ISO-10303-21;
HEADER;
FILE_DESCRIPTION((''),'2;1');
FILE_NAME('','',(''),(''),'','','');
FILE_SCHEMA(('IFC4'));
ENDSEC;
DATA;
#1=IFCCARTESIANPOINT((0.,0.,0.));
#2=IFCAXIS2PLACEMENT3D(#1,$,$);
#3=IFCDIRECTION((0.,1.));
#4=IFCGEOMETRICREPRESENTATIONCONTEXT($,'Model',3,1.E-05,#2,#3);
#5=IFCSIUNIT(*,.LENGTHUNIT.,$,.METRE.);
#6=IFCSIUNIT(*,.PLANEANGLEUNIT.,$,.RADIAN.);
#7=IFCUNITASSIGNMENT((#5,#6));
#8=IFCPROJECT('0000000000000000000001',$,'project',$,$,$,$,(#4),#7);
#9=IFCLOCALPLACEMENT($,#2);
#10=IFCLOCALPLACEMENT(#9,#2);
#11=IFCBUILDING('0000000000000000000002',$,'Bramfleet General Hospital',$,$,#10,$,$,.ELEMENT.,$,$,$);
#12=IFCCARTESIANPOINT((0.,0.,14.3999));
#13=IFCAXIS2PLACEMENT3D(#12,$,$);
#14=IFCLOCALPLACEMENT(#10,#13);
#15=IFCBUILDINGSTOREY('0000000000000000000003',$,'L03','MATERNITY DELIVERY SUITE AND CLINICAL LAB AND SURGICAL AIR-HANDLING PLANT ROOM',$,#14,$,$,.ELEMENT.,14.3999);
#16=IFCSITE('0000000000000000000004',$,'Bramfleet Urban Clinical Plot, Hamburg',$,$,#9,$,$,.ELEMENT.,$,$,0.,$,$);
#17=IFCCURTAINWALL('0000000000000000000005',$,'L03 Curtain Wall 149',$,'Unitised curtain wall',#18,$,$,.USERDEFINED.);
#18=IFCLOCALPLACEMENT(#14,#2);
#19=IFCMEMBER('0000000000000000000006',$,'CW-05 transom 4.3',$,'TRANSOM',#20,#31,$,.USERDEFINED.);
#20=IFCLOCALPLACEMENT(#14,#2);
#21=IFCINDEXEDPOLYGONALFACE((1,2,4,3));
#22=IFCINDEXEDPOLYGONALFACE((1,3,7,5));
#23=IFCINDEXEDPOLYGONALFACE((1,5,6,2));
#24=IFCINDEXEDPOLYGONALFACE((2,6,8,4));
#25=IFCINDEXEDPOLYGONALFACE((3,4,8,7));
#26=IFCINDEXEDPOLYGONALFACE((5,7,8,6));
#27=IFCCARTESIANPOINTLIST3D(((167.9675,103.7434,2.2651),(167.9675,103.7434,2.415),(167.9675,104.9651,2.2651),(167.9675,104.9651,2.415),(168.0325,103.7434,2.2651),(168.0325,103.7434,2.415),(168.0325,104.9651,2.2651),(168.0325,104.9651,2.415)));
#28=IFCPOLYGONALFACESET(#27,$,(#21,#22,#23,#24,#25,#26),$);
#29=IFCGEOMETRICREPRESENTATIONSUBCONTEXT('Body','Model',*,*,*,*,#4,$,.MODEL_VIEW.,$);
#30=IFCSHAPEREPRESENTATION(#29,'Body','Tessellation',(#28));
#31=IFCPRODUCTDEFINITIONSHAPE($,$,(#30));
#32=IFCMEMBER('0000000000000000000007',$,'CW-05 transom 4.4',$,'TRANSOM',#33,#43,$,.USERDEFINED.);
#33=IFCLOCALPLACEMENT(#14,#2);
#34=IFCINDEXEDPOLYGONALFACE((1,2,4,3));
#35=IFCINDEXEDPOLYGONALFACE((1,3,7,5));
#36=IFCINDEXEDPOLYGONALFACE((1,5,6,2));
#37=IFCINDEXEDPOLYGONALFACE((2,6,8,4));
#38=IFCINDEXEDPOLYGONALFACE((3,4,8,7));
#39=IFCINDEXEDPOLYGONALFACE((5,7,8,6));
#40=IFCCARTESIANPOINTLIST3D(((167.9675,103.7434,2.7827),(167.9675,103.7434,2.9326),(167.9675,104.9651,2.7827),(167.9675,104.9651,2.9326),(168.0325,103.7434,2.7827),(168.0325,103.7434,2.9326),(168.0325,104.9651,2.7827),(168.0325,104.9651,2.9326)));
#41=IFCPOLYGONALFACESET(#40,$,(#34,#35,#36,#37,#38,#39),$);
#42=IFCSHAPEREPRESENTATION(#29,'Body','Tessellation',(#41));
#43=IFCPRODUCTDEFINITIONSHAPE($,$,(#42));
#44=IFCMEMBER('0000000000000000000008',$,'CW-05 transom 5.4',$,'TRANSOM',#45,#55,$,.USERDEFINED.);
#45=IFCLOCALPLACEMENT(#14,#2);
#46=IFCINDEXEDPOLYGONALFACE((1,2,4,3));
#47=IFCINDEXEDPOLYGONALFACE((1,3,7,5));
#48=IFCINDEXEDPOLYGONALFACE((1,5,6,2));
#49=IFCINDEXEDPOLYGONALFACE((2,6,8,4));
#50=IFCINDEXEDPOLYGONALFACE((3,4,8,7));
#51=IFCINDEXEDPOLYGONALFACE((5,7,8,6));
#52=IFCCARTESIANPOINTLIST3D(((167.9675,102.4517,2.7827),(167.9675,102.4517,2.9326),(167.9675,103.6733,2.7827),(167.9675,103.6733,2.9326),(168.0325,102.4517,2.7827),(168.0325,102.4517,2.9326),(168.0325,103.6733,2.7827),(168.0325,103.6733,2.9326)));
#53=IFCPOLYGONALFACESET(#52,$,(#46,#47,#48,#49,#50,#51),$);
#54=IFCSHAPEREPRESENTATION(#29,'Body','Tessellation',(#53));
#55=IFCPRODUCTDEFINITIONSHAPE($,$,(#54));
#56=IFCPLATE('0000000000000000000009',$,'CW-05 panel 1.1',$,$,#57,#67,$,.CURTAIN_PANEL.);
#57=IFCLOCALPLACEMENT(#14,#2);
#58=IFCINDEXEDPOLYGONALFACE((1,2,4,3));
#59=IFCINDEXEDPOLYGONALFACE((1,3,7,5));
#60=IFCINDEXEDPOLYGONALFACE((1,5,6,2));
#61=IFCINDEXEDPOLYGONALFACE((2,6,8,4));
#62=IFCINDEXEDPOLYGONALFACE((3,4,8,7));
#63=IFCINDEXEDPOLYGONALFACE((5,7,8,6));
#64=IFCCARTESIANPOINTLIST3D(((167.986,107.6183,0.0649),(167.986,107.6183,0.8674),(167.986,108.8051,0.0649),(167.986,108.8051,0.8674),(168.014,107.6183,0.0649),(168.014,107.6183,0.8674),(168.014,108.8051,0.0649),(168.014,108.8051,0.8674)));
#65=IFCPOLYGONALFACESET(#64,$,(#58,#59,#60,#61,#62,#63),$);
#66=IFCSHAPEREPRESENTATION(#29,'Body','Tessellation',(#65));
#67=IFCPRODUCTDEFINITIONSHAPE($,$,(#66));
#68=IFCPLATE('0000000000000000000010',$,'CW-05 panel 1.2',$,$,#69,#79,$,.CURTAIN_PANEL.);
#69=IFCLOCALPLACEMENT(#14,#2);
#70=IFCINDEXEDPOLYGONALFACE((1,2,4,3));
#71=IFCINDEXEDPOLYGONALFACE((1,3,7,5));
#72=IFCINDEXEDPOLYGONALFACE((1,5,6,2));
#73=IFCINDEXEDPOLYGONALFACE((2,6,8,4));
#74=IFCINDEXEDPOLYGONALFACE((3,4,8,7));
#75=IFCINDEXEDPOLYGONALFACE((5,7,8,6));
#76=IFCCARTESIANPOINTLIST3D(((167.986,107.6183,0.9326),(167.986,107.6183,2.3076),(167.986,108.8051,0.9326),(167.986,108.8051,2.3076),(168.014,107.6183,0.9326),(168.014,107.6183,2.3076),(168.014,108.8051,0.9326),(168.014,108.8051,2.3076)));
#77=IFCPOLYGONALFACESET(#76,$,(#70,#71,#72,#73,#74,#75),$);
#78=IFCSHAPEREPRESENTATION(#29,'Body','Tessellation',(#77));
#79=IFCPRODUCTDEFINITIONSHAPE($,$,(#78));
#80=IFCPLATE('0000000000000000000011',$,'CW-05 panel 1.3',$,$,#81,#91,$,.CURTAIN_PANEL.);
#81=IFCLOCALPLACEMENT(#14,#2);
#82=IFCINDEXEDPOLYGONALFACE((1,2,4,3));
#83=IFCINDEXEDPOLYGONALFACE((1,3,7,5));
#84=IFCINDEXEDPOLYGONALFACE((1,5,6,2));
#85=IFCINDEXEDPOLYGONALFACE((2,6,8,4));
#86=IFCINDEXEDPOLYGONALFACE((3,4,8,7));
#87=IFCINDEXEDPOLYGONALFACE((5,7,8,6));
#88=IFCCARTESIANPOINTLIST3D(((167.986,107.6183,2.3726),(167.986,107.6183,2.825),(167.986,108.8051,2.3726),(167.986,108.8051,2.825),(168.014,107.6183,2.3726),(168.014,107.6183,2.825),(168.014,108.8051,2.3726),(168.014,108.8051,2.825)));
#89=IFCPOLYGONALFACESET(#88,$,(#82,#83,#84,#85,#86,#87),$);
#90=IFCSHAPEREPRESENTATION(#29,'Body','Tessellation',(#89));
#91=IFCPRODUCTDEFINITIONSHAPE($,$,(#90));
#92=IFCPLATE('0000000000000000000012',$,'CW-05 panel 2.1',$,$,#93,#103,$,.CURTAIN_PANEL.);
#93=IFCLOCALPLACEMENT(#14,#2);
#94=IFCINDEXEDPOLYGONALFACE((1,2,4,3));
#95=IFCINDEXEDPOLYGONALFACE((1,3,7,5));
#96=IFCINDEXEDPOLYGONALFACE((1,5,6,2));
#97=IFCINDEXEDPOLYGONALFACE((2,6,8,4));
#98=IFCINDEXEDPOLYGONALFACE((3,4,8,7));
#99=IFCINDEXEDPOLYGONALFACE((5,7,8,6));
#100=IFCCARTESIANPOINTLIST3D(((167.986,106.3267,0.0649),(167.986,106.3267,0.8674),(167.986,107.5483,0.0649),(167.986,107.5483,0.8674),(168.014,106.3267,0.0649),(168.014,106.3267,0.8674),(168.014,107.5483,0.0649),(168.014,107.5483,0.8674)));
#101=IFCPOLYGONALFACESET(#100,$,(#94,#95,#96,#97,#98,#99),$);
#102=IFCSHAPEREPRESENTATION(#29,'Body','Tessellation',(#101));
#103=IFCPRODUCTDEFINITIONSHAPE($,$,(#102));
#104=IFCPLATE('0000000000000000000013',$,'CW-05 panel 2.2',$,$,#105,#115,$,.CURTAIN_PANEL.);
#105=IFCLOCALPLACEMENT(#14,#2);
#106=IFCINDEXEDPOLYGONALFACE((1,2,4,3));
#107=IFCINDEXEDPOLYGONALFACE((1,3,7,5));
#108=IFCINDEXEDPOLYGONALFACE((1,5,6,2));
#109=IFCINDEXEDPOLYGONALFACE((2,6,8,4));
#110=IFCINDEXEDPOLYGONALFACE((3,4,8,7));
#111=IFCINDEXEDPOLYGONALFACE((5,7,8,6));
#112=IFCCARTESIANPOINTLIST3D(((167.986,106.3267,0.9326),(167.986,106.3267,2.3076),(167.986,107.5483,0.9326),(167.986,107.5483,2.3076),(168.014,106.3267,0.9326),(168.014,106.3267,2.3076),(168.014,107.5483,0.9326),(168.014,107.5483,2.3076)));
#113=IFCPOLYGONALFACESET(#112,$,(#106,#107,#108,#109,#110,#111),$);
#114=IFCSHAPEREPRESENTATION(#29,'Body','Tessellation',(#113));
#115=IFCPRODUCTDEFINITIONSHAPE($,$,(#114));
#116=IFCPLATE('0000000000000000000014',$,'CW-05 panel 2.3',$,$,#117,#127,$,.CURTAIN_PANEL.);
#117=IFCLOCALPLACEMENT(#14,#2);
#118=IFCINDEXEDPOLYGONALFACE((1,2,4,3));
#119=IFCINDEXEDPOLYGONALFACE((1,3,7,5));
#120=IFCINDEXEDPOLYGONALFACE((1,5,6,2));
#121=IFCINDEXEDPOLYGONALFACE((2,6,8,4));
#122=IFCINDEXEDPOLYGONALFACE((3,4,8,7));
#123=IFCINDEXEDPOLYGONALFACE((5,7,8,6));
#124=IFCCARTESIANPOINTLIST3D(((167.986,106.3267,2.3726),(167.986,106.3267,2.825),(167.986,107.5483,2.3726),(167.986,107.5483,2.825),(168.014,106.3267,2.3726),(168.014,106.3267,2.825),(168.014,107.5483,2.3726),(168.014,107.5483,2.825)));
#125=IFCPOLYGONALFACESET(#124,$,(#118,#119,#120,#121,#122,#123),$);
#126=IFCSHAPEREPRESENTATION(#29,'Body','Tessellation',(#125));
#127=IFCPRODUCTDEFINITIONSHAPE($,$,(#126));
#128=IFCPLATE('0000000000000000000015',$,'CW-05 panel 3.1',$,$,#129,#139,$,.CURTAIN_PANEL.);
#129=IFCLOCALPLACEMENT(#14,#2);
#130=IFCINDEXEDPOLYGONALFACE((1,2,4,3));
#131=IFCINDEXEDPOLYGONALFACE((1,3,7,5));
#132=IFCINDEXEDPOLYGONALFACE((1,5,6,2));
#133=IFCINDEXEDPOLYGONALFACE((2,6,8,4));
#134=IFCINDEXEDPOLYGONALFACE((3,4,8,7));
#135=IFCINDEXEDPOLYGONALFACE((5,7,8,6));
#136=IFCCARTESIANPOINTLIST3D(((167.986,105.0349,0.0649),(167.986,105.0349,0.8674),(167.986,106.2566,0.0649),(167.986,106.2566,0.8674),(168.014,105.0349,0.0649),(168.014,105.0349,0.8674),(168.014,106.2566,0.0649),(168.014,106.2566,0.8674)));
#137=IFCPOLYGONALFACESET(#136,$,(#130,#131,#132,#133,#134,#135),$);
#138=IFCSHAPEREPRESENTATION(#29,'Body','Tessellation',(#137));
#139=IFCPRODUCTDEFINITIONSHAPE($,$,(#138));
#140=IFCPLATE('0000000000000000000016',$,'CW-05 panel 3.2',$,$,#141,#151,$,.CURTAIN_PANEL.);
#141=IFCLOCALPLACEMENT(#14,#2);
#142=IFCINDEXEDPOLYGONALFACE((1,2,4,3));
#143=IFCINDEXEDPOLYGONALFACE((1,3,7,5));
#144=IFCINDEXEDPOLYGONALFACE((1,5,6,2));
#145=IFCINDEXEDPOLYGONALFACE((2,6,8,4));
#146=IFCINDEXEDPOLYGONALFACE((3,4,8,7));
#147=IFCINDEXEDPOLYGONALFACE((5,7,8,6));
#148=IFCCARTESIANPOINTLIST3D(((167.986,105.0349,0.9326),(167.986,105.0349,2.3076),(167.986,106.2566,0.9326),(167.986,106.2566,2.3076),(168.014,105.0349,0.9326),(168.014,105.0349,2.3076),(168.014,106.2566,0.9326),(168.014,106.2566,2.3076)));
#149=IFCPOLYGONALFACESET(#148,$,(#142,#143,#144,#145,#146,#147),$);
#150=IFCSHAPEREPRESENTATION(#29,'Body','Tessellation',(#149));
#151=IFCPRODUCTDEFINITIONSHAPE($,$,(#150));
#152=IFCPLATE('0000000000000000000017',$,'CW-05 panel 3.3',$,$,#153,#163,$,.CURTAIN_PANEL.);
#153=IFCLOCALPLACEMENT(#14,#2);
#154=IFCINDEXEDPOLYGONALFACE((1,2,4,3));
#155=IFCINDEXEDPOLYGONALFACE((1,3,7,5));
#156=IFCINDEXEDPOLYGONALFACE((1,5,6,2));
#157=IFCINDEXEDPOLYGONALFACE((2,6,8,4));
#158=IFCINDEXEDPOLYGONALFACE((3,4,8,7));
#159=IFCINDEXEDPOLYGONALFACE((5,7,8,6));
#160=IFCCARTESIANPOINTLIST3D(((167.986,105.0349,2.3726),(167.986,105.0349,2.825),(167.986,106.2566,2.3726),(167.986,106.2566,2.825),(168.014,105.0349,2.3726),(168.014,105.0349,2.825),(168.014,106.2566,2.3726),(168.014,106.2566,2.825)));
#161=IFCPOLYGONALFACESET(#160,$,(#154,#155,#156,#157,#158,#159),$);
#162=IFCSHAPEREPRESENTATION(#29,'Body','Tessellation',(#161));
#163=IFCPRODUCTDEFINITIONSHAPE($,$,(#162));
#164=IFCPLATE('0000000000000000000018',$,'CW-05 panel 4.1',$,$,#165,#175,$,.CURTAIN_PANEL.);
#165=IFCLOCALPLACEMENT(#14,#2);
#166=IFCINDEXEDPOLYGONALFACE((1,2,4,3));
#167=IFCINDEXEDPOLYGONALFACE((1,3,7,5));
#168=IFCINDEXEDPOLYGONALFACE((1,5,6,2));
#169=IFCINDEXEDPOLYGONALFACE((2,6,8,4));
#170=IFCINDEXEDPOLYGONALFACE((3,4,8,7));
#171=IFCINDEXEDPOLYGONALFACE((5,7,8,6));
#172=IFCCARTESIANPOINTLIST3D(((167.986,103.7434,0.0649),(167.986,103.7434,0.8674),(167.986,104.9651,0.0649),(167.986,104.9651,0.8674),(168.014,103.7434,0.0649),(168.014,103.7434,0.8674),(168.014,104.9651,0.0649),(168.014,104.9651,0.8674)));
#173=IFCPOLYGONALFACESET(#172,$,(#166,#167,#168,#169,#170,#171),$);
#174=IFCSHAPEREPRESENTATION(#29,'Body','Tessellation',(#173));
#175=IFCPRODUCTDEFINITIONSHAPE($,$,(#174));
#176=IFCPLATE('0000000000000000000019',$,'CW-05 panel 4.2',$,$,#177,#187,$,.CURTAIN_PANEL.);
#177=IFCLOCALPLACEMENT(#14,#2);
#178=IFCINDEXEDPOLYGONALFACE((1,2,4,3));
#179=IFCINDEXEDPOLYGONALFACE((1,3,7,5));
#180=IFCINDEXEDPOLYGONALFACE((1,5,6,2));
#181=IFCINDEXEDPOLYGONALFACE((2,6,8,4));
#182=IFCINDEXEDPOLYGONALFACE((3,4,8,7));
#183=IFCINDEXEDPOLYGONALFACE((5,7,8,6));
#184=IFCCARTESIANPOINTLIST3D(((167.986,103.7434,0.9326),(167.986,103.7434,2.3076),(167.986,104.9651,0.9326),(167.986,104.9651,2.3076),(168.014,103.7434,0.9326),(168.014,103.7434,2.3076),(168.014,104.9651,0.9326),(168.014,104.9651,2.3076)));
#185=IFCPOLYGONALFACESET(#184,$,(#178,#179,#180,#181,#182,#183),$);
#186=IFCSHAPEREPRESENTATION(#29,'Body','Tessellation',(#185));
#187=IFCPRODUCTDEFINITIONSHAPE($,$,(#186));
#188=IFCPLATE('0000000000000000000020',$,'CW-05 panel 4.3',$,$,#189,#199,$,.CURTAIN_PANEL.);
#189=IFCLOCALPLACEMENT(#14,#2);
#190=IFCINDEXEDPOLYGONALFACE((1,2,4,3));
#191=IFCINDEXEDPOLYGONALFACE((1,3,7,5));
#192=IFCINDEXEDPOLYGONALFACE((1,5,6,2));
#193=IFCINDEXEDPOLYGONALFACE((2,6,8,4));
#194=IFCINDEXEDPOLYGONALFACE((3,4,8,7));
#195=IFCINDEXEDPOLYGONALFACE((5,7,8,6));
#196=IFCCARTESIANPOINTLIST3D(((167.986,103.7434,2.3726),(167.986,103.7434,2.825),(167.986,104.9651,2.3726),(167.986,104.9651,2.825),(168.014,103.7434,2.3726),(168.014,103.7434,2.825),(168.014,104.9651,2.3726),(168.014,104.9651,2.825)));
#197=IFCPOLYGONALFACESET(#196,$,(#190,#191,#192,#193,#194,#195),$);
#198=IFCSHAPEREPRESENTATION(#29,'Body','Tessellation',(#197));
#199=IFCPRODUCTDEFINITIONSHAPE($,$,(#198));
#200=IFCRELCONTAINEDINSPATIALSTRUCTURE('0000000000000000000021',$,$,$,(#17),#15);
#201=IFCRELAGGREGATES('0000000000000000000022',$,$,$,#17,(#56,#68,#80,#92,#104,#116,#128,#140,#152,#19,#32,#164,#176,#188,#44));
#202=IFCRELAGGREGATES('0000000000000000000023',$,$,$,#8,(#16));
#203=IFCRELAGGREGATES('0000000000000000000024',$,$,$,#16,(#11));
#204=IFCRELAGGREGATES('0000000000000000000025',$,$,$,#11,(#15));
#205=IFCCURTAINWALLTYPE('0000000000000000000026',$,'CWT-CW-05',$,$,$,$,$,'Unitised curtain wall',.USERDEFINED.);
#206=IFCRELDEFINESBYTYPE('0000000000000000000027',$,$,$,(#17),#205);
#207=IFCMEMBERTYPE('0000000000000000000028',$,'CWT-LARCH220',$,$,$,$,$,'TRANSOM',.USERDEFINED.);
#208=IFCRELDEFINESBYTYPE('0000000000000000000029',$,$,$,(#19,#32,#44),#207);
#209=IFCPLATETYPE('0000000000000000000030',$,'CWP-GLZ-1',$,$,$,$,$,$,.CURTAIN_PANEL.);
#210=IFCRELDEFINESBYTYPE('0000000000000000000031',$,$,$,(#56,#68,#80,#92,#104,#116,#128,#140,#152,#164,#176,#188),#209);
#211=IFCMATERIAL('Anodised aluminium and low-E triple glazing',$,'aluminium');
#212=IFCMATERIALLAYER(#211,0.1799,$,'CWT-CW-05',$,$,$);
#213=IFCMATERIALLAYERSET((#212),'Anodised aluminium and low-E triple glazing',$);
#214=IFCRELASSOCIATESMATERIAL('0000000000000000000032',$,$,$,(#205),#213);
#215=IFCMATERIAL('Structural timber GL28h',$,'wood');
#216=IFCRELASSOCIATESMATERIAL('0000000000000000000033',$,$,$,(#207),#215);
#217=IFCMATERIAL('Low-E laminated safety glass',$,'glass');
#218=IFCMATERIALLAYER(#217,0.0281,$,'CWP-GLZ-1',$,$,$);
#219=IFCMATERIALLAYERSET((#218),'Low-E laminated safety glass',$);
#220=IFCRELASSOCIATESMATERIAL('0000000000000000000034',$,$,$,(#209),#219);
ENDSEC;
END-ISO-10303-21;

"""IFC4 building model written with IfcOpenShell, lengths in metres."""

from ifc_helpers import new_model, si_unit, direction, frame, origin, origin_2d, place, context, subcontext, project, spatial, rectangle, extrude, material, layer, layer_set, material_profile, profile_set, type_object, element, aggregate, save


model = new_model("IFC4")

# Units and contexts
model_context = context("Model", 3, precision=1e-05, world=origin(), true_north=direction((0.0, 1.0)))
body_context = subcontext(model_context, "Body", "Model", "MODEL_VIEW")
ifc_project = project(units=[si_unit("LENGTHUNIT", "METRE"), si_unit("PLANEANGLEUNIT", "RADIAN")], contexts=[model_context])

# Site, building, storey
site_placement = place(None, origin())
site = spatial("IfcSite", under=ifc_project, at=site_placement, Name="Bramfleet Urban Clinical Plot, Hamburg", CompositionType="ELEMENT", RefElevation=0.0)
building_placement = place(site_placement, origin())
building = spatial("IfcBuilding", under=site, at=building_placement, Name="Bramfleet General Hospital", CompositionType="ELEMENT")
storey_placement = place(building_placement, frame((0.0, 0.0, 14.3999)))
storey = spatial("IfcBuildingStorey", under=building, at=storey_placement, Name="L03", Description="MATERNITY DELIVERY SUITE AND CLINICAL LAB AND SURGICAL AIR-HANDLING PLANT ROOM", CompositionType="ELEMENT", Elevation=14.3999)

# Curtain wall, members, plates
ifc_material_1 = material(Name="Anodised aluminium and low-E triple glazing", Category="aluminium")
ifc_layer_1 = layer(ifc_material_1, 0.1799, Name="CWT-CW-05")
ifc_layer_set_1 = layer_set([ifc_layer_1], Name="Anodised aluminium and low-E triple glazing")
curtain_wall_type = type_object("IfcCurtainWallType", Name="CWT-CW-05", ElementType="Unitised curtain wall", PredefinedType="USERDEFINED", material=ifc_layer_set_1)
curtain_wall_placement = place(storey_placement, origin())
curtain_wall = element("IfcCurtainWall", 1, at=curtain_wall_placement, inside=storey, type_object=curtain_wall_type, Name="L03 Curtain Wall 149", ObjectType="Unitised curtain wall", PredefinedType="USERDEFINED")
ifc_material_2 = material(Name="Structural timber GL28h", Category="wood")
ifc_material_profile_1 = material_profile(ifc_material_2, rectangle(XDim=0.0649, YDim=0.1499, at=origin_2d()), Name="LARCH 150x65")
ifc_profile_set_1 = profile_set([ifc_material_profile_1], Name="Structural timber GL28h")
member_type_1 = type_object("IfcMemberType", Name="CWT-LARCH220", ElementType="TRANSOM", PredefinedType="USERDEFINED", material=ifc_profile_set_1)
member_1_placement = place(storey_placement, frame((168.0, 104.9651, 2.3401), z_axis=(0.0, -1.0, 0.0), x_axis=(1.0, 0.0, 0.0)))
member_1 = element("IfcMember", 2, at=member_1_placement, type_object=member_type_1, Name="CW-05 transom 4.3", ObjectType="TRANSOM", PredefinedType="USERDEFINED", context=body_context, shape_type="SweptSolid", body=[
    extrude(rectangle(XDim=0.0649, YDim=0.1499, at=origin_2d()), origin(), (0.0, 0.0, 1.0), 1.2217),
])
member_2_placement = place(storey_placement, frame((168.0, 104.9651, 2.8577), z_axis=(0.0, -1.0, 0.0), x_axis=(1.0, 0.0, 0.0)))
member_2 = element("IfcMember", 3, at=member_2_placement, type_object=member_type_1, Name="CW-05 transom 4.4", ObjectType="TRANSOM", PredefinedType="USERDEFINED", context=body_context, shape_type="SweptSolid", body=[
    extrude(rectangle(XDim=0.0649, YDim=0.1499, at=origin_2d()), origin(), (0.0, 0.0, 1.0), 1.2217),
])
member_3_placement = place(storey_placement, frame((168.0, 103.6733, 2.8577), z_axis=(0.0, -1.0, 0.0), x_axis=(1.0, 0.0, 0.0)))
member_3 = element("IfcMember", 4, at=member_3_placement, type_object=member_type_1, Name="CW-05 transom 5.4", ObjectType="TRANSOM", PredefinedType="USERDEFINED", context=body_context, shape_type="SweptSolid", body=[
    extrude(rectangle(XDim=0.0649, YDim=0.1499, at=origin_2d()), origin(), (0.0, 0.0, 1.0), 1.2217),
])
ifc_material_3 = material(Name="Low-E laminated safety glass", Category="glass")
ifc_layer_2 = layer(ifc_material_3, 0.0281, Name="CWP-GLZ-1")
ifc_layer_set_2 = layer_set([ifc_layer_2], Name="Low-E laminated safety glass")
plate_type = type_object("IfcPlateType", Name="CWP-GLZ-1", PredefinedType="CURTAIN_PANEL", material=ifc_layer_set_2)
plate_1_placement = place(storey_placement, frame((168.0, 108.2117, 0.0649), z_axis=(0.0, 0.0, 1.0), x_axis=(0.0, -1.0, 0.0)))
plate_1 = element("IfcPlate", 5, at=plate_1_placement, type_object=plate_type, Name="CW-05 panel 1.1", PredefinedType="CURTAIN_PANEL", context=body_context, shape_type="SweptSolid", body=[
    extrude(rectangle(XDim=1.1868, YDim=0.0281, at=origin_2d()), origin(), (0.0, 0.0, 1.0), 0.8025),
])
plate_2_placement = place(storey_placement, frame((168.0, 108.2117, 0.9326), z_axis=(0.0, 0.0, 1.0), x_axis=(0.0, -1.0, 0.0)))
plate_2 = element("IfcPlate", 6, at=plate_2_placement, type_object=plate_type, Name="CW-05 panel 1.2", PredefinedType="CURTAIN_PANEL", context=body_context, shape_type="SweptSolid", body=[
    extrude(rectangle(XDim=1.1868, YDim=0.0281, at=origin_2d()), origin(), (0.0, 0.0, 1.0), 1.375),
])
plate_3_placement = place(storey_placement, frame((168.0, 108.2117, 2.3726), z_axis=(0.0, 0.0, 1.0), x_axis=(0.0, -1.0, 0.0)))
plate_3 = element("IfcPlate", 7, at=plate_3_placement, type_object=plate_type, Name="CW-05 panel 1.3", PredefinedType="CURTAIN_PANEL", context=body_context, shape_type="SweptSolid", body=[
    extrude(rectangle(XDim=1.1868, YDim=0.0281, at=origin_2d()), origin(), (0.0, 0.0, 1.0), 0.4524),
])
plate_4_placement = place(storey_placement, frame((168.0, 106.9375, 0.0649), z_axis=(0.0, 0.0, 1.0), x_axis=(0.0, -1.0, 0.0)))
plate_4 = element("IfcPlate", 8, at=plate_4_placement, type_object=plate_type, Name="CW-05 panel 2.1", PredefinedType="CURTAIN_PANEL", context=body_context, shape_type="SweptSolid", body=[
    extrude(rectangle(XDim=1.2217, YDim=0.0281, at=origin_2d()), origin(), (0.0, 0.0, 1.0), 0.8025),
])
plate_5_placement = place(storey_placement, frame((168.0, 106.9375, 0.9326), z_axis=(0.0, 0.0, 1.0), x_axis=(0.0, -1.0, 0.0)))
plate_5 = element("IfcPlate", 9, at=plate_5_placement, type_object=plate_type, Name="CW-05 panel 2.2", PredefinedType="CURTAIN_PANEL", context=body_context, shape_type="SweptSolid", body=[
    extrude(rectangle(XDim=1.2217, YDim=0.0281, at=origin_2d()), origin(), (0.0, 0.0, 1.0), 1.375),
])
plate_6_placement = place(storey_placement, frame((168.0, 106.9375, 2.3726), z_axis=(0.0, 0.0, 1.0), x_axis=(0.0, -1.0, 0.0)))
plate_6 = element("IfcPlate", 10, at=plate_6_placement, type_object=plate_type, Name="CW-05 panel 2.3", PredefinedType="CURTAIN_PANEL", context=body_context, shape_type="SweptSolid", body=[
    extrude(rectangle(XDim=1.2217, YDim=0.0281, at=origin_2d()), origin(), (0.0, 0.0, 1.0), 0.4524),
])
plate_7_placement = place(storey_placement, frame((168.0, 105.6458, 0.0649), z_axis=(0.0, 0.0, 1.0), x_axis=(0.0, -1.0, 0.0)))
plate_7 = element("IfcPlate", 11, at=plate_7_placement, type_object=plate_type, Name="CW-05 panel 3.1", PredefinedType="CURTAIN_PANEL", context=body_context, shape_type="SweptSolid", body=[
    extrude(rectangle(XDim=1.2217, YDim=0.0281, at=origin_2d()), origin(), (0.0, 0.0, 1.0), 0.8025),
])
plate_8_placement = place(storey_placement, frame((168.0, 105.6458, 0.9326), z_axis=(0.0, 0.0, 1.0), x_axis=(0.0, -1.0, 0.0)))
plate_8 = element("IfcPlate", 12, at=plate_8_placement, type_object=plate_type, Name="CW-05 panel 3.2", PredefinedType="CURTAIN_PANEL", context=body_context, shape_type="SweptSolid", body=[
    extrude(rectangle(XDim=1.2217, YDim=0.0281, at=origin_2d()), origin(), (0.0, 0.0, 1.0), 1.375),
])
plate_9_placement = place(storey_placement, frame((168.0, 105.6458, 2.3726), z_axis=(0.0, 0.0, 1.0), x_axis=(0.0, -1.0, 0.0)))
plate_9 = element("IfcPlate", 13, at=plate_9_placement, type_object=plate_type, Name="CW-05 panel 3.3", PredefinedType="CURTAIN_PANEL", context=body_context, shape_type="SweptSolid", body=[
    extrude(rectangle(XDim=1.2217, YDim=0.0281, at=origin_2d()), origin(), (0.0, 0.0, 1.0), 0.4524),
])
plate_10_placement = place(storey_placement, frame((168.0, 104.3542, 0.0649), z_axis=(0.0, 0.0, 1.0), x_axis=(0.0, -1.0, 0.0)))
plate_10 = element("IfcPlate", 14, at=plate_10_placement, type_object=plate_type, Name="CW-05 panel 4.1", PredefinedType="CURTAIN_PANEL", context=body_context, shape_type="SweptSolid", body=[
    extrude(rectangle(XDim=1.2217, YDim=0.0281, at=origin_2d()), origin(), (0.0, 0.0, 1.0), 0.8025),
])
plate_11_placement = place(storey_placement, frame((168.0, 104.3542, 0.9326), z_axis=(0.0, 0.0, 1.0), x_axis=(0.0, -1.0, 0.0)))
plate_11 = element("IfcPlate", 15, at=plate_11_placement, type_object=plate_type, Name="CW-05 panel 4.2", PredefinedType="CURTAIN_PANEL", context=body_context, shape_type="SweptSolid", body=[
    extrude(rectangle(XDim=1.2217, YDim=0.0281, at=origin_2d()), origin(), (0.0, 0.0, 1.0), 1.375),
])
plate_12_placement = place(storey_placement, frame((168.0, 104.3542, 2.3726), z_axis=(0.0, 0.0, 1.0), x_axis=(0.0, -1.0, 0.0)))
plate_12 = element("IfcPlate", 16, at=plate_12_placement, type_object=plate_type, Name="CW-05 panel 4.3", PredefinedType="CURTAIN_PANEL", context=body_context, shape_type="SweptSolid", body=[
    extrude(rectangle(XDim=1.2217, YDim=0.0281, at=origin_2d()), origin(), (0.0, 0.0, 1.0), 0.4524),
])
aggregate(curtain_wall, [plate_1, plate_2, plate_3, plate_4, plate_5, plate_6, plate_7, plate_8, plate_9, member_1, member_2, plate_10, plate_11, plate_12, member_3])

save(model, "model.ifc")
